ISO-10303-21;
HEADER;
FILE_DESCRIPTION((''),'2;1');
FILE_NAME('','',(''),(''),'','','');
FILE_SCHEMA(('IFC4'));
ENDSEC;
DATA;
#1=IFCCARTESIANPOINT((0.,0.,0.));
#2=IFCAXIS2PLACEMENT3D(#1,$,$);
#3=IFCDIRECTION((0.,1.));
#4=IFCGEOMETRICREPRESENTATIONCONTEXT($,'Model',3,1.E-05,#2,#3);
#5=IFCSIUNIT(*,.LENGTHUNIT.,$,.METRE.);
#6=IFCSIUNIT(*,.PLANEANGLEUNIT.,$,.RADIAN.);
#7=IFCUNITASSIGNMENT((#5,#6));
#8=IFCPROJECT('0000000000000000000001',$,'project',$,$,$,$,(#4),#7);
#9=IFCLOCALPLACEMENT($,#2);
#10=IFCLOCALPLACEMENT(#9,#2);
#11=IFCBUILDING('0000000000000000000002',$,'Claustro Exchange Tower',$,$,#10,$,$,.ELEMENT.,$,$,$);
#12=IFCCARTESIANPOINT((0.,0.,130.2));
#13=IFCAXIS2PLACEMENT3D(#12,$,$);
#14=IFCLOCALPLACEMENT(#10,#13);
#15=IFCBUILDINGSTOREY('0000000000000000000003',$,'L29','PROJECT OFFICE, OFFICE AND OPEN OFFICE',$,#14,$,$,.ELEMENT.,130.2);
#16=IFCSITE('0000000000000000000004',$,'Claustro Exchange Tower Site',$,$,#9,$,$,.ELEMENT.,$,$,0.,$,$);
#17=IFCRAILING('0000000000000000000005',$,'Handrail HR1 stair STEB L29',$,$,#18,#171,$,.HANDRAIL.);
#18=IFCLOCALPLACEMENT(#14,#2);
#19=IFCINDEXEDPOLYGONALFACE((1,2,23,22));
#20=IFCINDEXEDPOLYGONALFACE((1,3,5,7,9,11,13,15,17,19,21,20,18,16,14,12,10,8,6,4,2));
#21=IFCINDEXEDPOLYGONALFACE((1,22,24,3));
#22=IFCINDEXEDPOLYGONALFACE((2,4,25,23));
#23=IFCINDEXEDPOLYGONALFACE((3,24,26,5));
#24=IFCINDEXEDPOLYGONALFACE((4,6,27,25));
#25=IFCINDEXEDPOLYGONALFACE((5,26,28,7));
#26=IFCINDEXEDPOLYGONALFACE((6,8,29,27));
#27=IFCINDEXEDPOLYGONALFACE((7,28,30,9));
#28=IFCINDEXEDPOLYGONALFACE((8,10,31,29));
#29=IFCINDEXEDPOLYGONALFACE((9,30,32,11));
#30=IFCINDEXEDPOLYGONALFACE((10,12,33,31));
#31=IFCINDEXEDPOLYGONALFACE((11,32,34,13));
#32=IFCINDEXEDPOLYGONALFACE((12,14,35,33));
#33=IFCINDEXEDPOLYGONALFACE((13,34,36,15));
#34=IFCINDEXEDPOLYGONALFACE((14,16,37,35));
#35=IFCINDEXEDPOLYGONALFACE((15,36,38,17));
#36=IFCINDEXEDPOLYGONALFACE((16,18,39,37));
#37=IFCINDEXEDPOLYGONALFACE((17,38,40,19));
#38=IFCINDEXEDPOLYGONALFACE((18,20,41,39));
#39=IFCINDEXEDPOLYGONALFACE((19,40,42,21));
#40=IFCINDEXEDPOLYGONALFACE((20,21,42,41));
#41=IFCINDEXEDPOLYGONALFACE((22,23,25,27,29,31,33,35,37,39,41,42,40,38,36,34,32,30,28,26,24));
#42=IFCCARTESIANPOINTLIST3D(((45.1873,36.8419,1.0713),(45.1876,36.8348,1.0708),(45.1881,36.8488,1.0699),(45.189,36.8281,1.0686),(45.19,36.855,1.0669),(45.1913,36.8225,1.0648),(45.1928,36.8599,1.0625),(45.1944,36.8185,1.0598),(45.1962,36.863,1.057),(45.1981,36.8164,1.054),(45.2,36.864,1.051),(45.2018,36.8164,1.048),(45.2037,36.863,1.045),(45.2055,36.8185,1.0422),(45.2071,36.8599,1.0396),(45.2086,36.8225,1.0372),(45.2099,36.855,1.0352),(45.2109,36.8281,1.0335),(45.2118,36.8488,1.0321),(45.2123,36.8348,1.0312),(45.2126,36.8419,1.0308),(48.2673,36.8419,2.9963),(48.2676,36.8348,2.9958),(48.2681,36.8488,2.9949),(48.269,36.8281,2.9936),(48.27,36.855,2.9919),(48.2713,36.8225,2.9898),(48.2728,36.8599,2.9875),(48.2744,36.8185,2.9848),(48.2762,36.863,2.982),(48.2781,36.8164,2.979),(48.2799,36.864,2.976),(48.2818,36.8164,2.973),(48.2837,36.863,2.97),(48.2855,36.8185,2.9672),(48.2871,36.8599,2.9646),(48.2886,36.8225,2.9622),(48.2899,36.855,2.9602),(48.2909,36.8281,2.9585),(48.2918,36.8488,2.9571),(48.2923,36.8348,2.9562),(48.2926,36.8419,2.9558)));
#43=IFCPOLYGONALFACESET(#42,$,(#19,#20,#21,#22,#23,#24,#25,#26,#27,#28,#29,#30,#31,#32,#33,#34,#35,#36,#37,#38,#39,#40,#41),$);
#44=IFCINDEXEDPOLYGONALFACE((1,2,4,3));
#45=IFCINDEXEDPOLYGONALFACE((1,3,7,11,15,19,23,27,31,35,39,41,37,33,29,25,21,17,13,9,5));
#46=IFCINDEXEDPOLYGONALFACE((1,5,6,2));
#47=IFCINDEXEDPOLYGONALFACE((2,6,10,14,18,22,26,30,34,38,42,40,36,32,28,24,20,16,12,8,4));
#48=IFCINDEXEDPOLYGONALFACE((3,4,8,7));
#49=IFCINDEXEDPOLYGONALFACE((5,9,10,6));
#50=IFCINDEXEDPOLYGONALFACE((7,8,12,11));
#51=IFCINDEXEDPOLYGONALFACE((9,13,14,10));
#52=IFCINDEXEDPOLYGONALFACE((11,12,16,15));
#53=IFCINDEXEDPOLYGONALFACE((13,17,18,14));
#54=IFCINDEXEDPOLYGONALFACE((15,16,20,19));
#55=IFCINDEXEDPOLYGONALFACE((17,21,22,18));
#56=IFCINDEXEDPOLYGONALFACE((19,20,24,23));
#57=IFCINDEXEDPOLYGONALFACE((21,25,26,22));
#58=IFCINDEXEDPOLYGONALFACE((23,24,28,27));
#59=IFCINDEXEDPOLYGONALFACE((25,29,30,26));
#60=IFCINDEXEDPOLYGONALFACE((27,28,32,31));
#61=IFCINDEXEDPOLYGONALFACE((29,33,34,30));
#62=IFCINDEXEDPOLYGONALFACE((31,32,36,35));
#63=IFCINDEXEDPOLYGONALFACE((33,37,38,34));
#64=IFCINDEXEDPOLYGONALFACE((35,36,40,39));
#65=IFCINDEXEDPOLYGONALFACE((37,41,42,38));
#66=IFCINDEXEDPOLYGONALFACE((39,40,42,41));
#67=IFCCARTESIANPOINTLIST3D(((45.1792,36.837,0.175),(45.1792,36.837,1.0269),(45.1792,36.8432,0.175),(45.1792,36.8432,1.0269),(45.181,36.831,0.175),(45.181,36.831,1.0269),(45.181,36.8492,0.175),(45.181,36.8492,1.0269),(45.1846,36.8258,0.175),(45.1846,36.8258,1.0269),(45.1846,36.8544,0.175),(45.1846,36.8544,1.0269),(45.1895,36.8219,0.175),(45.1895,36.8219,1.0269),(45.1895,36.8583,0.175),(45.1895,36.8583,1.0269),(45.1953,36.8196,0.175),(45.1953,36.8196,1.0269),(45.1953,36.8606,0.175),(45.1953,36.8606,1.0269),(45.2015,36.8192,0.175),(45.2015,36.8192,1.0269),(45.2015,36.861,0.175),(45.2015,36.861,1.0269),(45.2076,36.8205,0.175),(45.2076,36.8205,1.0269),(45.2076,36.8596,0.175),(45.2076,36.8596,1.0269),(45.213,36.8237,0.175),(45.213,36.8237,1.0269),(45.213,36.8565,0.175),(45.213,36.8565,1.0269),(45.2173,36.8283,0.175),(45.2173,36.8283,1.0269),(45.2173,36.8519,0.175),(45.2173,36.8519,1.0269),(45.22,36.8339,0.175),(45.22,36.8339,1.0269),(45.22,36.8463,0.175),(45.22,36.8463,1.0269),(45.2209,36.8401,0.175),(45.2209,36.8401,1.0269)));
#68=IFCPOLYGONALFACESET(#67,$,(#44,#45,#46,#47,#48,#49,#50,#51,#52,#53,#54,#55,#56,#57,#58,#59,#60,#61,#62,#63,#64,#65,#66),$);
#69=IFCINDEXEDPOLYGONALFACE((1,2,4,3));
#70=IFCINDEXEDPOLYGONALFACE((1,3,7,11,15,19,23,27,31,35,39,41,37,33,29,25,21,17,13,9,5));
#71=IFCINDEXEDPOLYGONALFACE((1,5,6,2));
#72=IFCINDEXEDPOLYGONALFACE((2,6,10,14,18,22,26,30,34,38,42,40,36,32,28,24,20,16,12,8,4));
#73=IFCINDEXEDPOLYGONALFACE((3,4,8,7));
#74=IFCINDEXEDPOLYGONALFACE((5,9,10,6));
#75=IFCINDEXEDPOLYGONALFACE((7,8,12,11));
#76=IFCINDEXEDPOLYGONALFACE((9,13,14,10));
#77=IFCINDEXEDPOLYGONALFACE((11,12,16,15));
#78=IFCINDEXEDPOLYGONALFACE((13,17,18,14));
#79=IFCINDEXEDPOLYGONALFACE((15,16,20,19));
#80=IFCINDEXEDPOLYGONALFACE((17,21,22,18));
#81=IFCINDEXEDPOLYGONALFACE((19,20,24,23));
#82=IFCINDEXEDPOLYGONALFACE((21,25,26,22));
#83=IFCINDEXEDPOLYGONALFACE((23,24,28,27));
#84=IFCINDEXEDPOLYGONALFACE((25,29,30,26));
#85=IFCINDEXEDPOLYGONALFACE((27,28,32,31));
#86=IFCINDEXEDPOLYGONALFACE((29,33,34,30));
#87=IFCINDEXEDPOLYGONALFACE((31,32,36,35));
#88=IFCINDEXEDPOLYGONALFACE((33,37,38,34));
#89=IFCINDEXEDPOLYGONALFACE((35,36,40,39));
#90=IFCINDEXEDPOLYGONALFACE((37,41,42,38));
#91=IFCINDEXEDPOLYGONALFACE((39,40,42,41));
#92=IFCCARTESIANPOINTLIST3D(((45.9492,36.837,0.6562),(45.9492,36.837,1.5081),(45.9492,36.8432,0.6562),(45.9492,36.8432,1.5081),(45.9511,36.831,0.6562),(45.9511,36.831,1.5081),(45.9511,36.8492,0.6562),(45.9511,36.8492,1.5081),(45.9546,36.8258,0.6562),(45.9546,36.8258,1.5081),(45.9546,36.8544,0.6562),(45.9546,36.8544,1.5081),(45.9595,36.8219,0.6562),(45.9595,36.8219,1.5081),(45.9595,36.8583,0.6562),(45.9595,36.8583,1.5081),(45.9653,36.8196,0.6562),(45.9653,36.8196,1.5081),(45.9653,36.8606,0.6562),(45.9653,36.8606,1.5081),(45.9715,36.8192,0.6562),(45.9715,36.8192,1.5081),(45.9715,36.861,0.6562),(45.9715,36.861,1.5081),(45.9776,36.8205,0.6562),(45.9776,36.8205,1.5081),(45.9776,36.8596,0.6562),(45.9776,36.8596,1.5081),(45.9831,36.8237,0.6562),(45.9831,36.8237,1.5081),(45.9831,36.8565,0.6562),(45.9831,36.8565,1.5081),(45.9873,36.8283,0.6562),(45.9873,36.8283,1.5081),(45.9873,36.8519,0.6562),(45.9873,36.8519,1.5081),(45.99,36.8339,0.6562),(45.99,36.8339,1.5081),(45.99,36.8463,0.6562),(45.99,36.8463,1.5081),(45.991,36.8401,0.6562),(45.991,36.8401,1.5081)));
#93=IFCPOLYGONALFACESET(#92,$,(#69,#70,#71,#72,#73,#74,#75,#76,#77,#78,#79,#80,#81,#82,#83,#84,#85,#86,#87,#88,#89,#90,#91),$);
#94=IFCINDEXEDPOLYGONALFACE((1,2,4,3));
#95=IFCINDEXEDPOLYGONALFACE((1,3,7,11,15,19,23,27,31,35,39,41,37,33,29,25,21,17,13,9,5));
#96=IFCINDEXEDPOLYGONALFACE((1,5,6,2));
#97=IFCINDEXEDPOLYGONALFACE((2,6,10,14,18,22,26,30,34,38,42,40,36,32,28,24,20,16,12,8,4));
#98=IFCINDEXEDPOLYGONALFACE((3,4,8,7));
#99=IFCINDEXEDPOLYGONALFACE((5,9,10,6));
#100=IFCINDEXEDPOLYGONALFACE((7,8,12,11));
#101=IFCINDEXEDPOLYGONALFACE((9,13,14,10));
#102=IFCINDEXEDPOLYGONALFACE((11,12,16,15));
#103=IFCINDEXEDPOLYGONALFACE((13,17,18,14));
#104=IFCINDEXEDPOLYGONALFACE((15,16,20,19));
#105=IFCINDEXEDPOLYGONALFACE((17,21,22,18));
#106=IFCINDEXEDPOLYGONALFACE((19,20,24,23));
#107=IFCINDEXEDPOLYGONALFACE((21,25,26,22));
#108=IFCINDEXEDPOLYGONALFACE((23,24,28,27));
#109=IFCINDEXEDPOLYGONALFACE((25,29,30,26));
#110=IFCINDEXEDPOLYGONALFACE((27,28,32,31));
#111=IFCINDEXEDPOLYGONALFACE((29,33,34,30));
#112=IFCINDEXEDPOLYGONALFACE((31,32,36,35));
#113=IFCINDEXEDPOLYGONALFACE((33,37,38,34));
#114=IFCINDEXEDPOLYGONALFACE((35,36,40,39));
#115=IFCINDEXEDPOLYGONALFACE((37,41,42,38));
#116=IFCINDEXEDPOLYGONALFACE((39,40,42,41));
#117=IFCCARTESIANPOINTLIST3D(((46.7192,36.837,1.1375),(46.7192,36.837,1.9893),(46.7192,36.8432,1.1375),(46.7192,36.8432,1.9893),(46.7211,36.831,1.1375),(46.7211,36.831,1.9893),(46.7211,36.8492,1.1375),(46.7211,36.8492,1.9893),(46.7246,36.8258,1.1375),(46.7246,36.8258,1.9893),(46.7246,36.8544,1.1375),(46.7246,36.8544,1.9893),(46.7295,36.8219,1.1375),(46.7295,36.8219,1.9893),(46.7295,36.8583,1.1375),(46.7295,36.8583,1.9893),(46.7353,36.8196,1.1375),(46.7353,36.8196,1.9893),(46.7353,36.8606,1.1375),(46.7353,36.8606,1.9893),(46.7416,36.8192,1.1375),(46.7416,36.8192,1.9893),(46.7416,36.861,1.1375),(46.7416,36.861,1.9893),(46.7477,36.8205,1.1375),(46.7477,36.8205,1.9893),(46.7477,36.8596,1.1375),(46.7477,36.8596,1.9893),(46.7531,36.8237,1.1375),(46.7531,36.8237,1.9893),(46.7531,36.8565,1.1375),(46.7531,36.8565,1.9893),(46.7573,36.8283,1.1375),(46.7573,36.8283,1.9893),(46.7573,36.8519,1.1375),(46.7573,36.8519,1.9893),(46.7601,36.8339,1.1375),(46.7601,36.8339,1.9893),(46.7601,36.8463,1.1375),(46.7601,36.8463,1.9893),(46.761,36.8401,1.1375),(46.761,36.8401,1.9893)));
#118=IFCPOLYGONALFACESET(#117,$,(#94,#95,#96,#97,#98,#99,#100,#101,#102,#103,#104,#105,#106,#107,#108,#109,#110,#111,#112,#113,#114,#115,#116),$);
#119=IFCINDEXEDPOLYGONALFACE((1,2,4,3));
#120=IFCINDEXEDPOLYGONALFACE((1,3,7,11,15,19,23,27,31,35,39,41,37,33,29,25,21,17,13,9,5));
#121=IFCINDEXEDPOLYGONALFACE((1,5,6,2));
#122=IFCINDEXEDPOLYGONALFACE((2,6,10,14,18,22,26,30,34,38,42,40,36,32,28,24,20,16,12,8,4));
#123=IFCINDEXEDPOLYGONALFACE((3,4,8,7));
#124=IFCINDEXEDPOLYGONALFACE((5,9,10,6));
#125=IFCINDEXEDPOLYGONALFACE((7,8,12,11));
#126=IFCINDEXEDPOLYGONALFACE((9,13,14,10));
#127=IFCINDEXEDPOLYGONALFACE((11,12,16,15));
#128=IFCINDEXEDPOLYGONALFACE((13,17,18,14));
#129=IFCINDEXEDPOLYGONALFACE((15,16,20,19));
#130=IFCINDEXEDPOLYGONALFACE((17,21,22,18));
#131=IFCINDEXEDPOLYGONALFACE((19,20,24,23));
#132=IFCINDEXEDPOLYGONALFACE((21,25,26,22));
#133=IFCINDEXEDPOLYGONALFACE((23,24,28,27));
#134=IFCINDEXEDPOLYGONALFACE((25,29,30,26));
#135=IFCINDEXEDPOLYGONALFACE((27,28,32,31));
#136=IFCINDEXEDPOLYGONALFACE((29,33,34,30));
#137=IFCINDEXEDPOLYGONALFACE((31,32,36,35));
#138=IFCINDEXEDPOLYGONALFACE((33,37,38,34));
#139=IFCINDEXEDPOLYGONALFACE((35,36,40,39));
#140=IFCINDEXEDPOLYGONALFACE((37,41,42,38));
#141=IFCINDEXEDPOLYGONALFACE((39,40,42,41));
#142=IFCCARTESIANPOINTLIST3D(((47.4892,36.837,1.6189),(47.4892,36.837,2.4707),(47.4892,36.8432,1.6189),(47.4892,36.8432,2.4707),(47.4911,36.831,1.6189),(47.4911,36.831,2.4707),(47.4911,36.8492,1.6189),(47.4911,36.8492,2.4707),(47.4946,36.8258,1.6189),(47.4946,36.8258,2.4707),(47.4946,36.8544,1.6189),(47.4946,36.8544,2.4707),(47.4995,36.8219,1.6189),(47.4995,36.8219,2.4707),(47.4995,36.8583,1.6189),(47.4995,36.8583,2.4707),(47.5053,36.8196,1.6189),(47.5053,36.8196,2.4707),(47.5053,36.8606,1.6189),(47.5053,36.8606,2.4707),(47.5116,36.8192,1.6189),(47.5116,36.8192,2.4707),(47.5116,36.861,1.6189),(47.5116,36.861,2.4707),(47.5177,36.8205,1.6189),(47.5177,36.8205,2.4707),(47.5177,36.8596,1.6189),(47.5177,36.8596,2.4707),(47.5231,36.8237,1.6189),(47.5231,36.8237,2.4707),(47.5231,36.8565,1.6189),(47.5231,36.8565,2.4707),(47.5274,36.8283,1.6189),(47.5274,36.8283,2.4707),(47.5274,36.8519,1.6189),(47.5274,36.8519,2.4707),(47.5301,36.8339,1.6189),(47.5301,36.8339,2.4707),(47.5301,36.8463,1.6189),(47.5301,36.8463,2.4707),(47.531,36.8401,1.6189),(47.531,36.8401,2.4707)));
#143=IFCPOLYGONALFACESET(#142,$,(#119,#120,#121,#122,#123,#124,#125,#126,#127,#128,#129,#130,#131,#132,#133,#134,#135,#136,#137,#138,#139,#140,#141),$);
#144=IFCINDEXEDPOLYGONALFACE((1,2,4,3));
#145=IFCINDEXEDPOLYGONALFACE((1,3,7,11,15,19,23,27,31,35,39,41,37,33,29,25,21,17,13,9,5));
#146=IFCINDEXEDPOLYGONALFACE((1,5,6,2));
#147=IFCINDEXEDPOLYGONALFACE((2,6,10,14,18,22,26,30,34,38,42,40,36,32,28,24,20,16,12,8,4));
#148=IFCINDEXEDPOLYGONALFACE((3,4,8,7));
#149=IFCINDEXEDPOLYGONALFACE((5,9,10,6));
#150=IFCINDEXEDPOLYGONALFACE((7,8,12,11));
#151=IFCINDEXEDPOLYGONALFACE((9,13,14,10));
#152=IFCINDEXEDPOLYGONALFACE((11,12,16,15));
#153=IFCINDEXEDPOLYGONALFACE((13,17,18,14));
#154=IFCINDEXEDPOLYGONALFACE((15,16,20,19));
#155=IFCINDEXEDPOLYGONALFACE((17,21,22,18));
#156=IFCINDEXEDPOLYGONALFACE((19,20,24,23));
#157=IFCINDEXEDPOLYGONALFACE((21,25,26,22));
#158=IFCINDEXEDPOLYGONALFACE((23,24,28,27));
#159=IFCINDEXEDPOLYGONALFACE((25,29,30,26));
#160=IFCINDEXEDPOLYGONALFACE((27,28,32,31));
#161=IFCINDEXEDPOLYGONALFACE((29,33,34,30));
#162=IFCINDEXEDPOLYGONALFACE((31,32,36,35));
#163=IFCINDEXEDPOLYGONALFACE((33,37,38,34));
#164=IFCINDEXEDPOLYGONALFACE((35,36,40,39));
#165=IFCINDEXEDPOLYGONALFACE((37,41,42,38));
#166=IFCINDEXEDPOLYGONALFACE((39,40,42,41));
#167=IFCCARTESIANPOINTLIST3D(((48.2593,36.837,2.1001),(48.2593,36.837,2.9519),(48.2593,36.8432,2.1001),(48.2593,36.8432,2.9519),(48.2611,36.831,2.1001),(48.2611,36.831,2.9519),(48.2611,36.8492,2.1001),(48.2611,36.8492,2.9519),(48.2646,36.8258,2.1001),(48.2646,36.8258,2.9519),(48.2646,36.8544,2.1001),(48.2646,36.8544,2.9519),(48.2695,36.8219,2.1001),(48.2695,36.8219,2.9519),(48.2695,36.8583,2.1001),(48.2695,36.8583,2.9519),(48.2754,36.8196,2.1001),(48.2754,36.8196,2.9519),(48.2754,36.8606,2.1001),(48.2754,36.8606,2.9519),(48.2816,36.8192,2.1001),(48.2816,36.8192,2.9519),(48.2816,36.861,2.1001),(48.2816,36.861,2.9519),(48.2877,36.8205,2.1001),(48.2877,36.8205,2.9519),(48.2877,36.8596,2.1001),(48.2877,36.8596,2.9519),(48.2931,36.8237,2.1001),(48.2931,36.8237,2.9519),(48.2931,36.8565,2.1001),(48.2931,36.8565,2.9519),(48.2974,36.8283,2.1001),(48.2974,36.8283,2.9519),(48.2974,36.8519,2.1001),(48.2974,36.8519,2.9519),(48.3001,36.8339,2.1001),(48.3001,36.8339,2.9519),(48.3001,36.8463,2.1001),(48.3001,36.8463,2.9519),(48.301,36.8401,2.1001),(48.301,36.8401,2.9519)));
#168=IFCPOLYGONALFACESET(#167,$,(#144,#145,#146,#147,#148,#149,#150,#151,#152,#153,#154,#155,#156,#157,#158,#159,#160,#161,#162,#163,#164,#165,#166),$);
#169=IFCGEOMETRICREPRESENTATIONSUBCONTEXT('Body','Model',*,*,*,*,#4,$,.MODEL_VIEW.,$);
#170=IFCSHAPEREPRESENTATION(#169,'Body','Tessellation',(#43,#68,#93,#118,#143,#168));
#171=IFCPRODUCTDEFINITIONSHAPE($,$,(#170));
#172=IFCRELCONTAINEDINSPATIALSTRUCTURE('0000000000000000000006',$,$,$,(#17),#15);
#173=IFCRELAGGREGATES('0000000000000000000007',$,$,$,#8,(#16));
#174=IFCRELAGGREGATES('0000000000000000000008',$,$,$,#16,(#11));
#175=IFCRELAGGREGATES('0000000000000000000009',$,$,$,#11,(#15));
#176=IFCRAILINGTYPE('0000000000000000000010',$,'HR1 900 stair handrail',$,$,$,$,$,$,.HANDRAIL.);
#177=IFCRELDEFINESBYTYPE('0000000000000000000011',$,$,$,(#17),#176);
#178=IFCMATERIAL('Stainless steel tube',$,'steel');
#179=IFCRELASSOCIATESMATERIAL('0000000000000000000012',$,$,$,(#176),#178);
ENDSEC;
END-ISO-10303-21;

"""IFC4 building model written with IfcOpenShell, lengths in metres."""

from ifc_helpers import new_model, si_unit, direction, frame, origin, origin_2d, place, context, subcontext, project, spatial, circle, extrude, material, type_object, element, save


model = new_model("IFC4")

# Units and contexts
model_context = context("Model", 3, precision=1e-05, world=origin(), true_north=direction((0.0, 1.0)))
body_context = subcontext(model_context, "Body", "Model", "MODEL_VIEW")
ifc_project = project(units=[si_unit("LENGTHUNIT", "METRE"), si_unit("PLANEANGLEUNIT", "RADIAN")], contexts=[model_context])

# Site, building, storey
site_placement = place(None, origin())
site = spatial("IfcSite", under=ifc_project, at=site_placement, Name="Claustro Exchange Tower Site", CompositionType="ELEMENT", RefElevation=0.0)
building_placement = place(site_placement, origin())
building = spatial("IfcBuilding", under=site, at=building_placement, Name="Claustro Exchange Tower", CompositionType="ELEMENT")
storey_placement = place(building_placement, frame((0.0, 0.0, 130.2)))
storey = spatial("IfcBuildingStorey", under=building, at=storey_placement, Name="L29", Description="PROJECT OFFICE, OFFICE AND OPEN OFFICE", CompositionType="ELEMENT", Elevation=130.2)

# Railing
ifc_material_1 = material(Name="Stainless steel tube", Category="steel")
railing_type_1 = type_object("IfcRailingType", Name="HR1 900 stair handrail", PredefinedType="HANDRAIL", material=ifc_material_1)
railing_1_placement = place(storey_placement, frame((45.2, 36.8401, 0.175)))
element("IfcRailing", 1, at=railing_1_placement, inside=storey, type_object=railing_type_1, Name="Handrail HR1 stair STEB L29", PredefinedType="HANDRAIL", context=body_context, shape_type="SweptSolid", body=[
    extrude(circle(Radius=0.0239, at=origin_2d()), frame((0.0, 0.0, 0.876), z_axis=(0.847998, 0.0, 0.529999), x_axis=(0.0, 1.0, 0.0)), (0.0, 0.0, 1.0), 3.6321),
    extrude(circle(Radius=0.021, at=origin_2d()), origin(), (0.0, 0.0, 1.0), 0.8518),
    extrude(circle(Radius=0.021, at=origin_2d()), frame((0.77, 0.0, 0.4812)), (0.0, 0.0, 1.0), 0.8518),
    extrude(circle(Radius=0.021, at=origin_2d()), frame((1.54, 0.0, 0.9624)), (0.0, 0.0, 1.0), 0.8518),
    extrude(circle(Radius=0.021, at=origin_2d()), frame((2.3101, 0.0, 1.4438)), (0.0, 0.0, 1.0), 0.8518),
    extrude(circle(Radius=0.021, at=origin_2d()), frame((3.0801, 0.0, 1.925)), (0.0, 0.0, 1.0), 0.8518),
])

save(model, "model.ifc")
